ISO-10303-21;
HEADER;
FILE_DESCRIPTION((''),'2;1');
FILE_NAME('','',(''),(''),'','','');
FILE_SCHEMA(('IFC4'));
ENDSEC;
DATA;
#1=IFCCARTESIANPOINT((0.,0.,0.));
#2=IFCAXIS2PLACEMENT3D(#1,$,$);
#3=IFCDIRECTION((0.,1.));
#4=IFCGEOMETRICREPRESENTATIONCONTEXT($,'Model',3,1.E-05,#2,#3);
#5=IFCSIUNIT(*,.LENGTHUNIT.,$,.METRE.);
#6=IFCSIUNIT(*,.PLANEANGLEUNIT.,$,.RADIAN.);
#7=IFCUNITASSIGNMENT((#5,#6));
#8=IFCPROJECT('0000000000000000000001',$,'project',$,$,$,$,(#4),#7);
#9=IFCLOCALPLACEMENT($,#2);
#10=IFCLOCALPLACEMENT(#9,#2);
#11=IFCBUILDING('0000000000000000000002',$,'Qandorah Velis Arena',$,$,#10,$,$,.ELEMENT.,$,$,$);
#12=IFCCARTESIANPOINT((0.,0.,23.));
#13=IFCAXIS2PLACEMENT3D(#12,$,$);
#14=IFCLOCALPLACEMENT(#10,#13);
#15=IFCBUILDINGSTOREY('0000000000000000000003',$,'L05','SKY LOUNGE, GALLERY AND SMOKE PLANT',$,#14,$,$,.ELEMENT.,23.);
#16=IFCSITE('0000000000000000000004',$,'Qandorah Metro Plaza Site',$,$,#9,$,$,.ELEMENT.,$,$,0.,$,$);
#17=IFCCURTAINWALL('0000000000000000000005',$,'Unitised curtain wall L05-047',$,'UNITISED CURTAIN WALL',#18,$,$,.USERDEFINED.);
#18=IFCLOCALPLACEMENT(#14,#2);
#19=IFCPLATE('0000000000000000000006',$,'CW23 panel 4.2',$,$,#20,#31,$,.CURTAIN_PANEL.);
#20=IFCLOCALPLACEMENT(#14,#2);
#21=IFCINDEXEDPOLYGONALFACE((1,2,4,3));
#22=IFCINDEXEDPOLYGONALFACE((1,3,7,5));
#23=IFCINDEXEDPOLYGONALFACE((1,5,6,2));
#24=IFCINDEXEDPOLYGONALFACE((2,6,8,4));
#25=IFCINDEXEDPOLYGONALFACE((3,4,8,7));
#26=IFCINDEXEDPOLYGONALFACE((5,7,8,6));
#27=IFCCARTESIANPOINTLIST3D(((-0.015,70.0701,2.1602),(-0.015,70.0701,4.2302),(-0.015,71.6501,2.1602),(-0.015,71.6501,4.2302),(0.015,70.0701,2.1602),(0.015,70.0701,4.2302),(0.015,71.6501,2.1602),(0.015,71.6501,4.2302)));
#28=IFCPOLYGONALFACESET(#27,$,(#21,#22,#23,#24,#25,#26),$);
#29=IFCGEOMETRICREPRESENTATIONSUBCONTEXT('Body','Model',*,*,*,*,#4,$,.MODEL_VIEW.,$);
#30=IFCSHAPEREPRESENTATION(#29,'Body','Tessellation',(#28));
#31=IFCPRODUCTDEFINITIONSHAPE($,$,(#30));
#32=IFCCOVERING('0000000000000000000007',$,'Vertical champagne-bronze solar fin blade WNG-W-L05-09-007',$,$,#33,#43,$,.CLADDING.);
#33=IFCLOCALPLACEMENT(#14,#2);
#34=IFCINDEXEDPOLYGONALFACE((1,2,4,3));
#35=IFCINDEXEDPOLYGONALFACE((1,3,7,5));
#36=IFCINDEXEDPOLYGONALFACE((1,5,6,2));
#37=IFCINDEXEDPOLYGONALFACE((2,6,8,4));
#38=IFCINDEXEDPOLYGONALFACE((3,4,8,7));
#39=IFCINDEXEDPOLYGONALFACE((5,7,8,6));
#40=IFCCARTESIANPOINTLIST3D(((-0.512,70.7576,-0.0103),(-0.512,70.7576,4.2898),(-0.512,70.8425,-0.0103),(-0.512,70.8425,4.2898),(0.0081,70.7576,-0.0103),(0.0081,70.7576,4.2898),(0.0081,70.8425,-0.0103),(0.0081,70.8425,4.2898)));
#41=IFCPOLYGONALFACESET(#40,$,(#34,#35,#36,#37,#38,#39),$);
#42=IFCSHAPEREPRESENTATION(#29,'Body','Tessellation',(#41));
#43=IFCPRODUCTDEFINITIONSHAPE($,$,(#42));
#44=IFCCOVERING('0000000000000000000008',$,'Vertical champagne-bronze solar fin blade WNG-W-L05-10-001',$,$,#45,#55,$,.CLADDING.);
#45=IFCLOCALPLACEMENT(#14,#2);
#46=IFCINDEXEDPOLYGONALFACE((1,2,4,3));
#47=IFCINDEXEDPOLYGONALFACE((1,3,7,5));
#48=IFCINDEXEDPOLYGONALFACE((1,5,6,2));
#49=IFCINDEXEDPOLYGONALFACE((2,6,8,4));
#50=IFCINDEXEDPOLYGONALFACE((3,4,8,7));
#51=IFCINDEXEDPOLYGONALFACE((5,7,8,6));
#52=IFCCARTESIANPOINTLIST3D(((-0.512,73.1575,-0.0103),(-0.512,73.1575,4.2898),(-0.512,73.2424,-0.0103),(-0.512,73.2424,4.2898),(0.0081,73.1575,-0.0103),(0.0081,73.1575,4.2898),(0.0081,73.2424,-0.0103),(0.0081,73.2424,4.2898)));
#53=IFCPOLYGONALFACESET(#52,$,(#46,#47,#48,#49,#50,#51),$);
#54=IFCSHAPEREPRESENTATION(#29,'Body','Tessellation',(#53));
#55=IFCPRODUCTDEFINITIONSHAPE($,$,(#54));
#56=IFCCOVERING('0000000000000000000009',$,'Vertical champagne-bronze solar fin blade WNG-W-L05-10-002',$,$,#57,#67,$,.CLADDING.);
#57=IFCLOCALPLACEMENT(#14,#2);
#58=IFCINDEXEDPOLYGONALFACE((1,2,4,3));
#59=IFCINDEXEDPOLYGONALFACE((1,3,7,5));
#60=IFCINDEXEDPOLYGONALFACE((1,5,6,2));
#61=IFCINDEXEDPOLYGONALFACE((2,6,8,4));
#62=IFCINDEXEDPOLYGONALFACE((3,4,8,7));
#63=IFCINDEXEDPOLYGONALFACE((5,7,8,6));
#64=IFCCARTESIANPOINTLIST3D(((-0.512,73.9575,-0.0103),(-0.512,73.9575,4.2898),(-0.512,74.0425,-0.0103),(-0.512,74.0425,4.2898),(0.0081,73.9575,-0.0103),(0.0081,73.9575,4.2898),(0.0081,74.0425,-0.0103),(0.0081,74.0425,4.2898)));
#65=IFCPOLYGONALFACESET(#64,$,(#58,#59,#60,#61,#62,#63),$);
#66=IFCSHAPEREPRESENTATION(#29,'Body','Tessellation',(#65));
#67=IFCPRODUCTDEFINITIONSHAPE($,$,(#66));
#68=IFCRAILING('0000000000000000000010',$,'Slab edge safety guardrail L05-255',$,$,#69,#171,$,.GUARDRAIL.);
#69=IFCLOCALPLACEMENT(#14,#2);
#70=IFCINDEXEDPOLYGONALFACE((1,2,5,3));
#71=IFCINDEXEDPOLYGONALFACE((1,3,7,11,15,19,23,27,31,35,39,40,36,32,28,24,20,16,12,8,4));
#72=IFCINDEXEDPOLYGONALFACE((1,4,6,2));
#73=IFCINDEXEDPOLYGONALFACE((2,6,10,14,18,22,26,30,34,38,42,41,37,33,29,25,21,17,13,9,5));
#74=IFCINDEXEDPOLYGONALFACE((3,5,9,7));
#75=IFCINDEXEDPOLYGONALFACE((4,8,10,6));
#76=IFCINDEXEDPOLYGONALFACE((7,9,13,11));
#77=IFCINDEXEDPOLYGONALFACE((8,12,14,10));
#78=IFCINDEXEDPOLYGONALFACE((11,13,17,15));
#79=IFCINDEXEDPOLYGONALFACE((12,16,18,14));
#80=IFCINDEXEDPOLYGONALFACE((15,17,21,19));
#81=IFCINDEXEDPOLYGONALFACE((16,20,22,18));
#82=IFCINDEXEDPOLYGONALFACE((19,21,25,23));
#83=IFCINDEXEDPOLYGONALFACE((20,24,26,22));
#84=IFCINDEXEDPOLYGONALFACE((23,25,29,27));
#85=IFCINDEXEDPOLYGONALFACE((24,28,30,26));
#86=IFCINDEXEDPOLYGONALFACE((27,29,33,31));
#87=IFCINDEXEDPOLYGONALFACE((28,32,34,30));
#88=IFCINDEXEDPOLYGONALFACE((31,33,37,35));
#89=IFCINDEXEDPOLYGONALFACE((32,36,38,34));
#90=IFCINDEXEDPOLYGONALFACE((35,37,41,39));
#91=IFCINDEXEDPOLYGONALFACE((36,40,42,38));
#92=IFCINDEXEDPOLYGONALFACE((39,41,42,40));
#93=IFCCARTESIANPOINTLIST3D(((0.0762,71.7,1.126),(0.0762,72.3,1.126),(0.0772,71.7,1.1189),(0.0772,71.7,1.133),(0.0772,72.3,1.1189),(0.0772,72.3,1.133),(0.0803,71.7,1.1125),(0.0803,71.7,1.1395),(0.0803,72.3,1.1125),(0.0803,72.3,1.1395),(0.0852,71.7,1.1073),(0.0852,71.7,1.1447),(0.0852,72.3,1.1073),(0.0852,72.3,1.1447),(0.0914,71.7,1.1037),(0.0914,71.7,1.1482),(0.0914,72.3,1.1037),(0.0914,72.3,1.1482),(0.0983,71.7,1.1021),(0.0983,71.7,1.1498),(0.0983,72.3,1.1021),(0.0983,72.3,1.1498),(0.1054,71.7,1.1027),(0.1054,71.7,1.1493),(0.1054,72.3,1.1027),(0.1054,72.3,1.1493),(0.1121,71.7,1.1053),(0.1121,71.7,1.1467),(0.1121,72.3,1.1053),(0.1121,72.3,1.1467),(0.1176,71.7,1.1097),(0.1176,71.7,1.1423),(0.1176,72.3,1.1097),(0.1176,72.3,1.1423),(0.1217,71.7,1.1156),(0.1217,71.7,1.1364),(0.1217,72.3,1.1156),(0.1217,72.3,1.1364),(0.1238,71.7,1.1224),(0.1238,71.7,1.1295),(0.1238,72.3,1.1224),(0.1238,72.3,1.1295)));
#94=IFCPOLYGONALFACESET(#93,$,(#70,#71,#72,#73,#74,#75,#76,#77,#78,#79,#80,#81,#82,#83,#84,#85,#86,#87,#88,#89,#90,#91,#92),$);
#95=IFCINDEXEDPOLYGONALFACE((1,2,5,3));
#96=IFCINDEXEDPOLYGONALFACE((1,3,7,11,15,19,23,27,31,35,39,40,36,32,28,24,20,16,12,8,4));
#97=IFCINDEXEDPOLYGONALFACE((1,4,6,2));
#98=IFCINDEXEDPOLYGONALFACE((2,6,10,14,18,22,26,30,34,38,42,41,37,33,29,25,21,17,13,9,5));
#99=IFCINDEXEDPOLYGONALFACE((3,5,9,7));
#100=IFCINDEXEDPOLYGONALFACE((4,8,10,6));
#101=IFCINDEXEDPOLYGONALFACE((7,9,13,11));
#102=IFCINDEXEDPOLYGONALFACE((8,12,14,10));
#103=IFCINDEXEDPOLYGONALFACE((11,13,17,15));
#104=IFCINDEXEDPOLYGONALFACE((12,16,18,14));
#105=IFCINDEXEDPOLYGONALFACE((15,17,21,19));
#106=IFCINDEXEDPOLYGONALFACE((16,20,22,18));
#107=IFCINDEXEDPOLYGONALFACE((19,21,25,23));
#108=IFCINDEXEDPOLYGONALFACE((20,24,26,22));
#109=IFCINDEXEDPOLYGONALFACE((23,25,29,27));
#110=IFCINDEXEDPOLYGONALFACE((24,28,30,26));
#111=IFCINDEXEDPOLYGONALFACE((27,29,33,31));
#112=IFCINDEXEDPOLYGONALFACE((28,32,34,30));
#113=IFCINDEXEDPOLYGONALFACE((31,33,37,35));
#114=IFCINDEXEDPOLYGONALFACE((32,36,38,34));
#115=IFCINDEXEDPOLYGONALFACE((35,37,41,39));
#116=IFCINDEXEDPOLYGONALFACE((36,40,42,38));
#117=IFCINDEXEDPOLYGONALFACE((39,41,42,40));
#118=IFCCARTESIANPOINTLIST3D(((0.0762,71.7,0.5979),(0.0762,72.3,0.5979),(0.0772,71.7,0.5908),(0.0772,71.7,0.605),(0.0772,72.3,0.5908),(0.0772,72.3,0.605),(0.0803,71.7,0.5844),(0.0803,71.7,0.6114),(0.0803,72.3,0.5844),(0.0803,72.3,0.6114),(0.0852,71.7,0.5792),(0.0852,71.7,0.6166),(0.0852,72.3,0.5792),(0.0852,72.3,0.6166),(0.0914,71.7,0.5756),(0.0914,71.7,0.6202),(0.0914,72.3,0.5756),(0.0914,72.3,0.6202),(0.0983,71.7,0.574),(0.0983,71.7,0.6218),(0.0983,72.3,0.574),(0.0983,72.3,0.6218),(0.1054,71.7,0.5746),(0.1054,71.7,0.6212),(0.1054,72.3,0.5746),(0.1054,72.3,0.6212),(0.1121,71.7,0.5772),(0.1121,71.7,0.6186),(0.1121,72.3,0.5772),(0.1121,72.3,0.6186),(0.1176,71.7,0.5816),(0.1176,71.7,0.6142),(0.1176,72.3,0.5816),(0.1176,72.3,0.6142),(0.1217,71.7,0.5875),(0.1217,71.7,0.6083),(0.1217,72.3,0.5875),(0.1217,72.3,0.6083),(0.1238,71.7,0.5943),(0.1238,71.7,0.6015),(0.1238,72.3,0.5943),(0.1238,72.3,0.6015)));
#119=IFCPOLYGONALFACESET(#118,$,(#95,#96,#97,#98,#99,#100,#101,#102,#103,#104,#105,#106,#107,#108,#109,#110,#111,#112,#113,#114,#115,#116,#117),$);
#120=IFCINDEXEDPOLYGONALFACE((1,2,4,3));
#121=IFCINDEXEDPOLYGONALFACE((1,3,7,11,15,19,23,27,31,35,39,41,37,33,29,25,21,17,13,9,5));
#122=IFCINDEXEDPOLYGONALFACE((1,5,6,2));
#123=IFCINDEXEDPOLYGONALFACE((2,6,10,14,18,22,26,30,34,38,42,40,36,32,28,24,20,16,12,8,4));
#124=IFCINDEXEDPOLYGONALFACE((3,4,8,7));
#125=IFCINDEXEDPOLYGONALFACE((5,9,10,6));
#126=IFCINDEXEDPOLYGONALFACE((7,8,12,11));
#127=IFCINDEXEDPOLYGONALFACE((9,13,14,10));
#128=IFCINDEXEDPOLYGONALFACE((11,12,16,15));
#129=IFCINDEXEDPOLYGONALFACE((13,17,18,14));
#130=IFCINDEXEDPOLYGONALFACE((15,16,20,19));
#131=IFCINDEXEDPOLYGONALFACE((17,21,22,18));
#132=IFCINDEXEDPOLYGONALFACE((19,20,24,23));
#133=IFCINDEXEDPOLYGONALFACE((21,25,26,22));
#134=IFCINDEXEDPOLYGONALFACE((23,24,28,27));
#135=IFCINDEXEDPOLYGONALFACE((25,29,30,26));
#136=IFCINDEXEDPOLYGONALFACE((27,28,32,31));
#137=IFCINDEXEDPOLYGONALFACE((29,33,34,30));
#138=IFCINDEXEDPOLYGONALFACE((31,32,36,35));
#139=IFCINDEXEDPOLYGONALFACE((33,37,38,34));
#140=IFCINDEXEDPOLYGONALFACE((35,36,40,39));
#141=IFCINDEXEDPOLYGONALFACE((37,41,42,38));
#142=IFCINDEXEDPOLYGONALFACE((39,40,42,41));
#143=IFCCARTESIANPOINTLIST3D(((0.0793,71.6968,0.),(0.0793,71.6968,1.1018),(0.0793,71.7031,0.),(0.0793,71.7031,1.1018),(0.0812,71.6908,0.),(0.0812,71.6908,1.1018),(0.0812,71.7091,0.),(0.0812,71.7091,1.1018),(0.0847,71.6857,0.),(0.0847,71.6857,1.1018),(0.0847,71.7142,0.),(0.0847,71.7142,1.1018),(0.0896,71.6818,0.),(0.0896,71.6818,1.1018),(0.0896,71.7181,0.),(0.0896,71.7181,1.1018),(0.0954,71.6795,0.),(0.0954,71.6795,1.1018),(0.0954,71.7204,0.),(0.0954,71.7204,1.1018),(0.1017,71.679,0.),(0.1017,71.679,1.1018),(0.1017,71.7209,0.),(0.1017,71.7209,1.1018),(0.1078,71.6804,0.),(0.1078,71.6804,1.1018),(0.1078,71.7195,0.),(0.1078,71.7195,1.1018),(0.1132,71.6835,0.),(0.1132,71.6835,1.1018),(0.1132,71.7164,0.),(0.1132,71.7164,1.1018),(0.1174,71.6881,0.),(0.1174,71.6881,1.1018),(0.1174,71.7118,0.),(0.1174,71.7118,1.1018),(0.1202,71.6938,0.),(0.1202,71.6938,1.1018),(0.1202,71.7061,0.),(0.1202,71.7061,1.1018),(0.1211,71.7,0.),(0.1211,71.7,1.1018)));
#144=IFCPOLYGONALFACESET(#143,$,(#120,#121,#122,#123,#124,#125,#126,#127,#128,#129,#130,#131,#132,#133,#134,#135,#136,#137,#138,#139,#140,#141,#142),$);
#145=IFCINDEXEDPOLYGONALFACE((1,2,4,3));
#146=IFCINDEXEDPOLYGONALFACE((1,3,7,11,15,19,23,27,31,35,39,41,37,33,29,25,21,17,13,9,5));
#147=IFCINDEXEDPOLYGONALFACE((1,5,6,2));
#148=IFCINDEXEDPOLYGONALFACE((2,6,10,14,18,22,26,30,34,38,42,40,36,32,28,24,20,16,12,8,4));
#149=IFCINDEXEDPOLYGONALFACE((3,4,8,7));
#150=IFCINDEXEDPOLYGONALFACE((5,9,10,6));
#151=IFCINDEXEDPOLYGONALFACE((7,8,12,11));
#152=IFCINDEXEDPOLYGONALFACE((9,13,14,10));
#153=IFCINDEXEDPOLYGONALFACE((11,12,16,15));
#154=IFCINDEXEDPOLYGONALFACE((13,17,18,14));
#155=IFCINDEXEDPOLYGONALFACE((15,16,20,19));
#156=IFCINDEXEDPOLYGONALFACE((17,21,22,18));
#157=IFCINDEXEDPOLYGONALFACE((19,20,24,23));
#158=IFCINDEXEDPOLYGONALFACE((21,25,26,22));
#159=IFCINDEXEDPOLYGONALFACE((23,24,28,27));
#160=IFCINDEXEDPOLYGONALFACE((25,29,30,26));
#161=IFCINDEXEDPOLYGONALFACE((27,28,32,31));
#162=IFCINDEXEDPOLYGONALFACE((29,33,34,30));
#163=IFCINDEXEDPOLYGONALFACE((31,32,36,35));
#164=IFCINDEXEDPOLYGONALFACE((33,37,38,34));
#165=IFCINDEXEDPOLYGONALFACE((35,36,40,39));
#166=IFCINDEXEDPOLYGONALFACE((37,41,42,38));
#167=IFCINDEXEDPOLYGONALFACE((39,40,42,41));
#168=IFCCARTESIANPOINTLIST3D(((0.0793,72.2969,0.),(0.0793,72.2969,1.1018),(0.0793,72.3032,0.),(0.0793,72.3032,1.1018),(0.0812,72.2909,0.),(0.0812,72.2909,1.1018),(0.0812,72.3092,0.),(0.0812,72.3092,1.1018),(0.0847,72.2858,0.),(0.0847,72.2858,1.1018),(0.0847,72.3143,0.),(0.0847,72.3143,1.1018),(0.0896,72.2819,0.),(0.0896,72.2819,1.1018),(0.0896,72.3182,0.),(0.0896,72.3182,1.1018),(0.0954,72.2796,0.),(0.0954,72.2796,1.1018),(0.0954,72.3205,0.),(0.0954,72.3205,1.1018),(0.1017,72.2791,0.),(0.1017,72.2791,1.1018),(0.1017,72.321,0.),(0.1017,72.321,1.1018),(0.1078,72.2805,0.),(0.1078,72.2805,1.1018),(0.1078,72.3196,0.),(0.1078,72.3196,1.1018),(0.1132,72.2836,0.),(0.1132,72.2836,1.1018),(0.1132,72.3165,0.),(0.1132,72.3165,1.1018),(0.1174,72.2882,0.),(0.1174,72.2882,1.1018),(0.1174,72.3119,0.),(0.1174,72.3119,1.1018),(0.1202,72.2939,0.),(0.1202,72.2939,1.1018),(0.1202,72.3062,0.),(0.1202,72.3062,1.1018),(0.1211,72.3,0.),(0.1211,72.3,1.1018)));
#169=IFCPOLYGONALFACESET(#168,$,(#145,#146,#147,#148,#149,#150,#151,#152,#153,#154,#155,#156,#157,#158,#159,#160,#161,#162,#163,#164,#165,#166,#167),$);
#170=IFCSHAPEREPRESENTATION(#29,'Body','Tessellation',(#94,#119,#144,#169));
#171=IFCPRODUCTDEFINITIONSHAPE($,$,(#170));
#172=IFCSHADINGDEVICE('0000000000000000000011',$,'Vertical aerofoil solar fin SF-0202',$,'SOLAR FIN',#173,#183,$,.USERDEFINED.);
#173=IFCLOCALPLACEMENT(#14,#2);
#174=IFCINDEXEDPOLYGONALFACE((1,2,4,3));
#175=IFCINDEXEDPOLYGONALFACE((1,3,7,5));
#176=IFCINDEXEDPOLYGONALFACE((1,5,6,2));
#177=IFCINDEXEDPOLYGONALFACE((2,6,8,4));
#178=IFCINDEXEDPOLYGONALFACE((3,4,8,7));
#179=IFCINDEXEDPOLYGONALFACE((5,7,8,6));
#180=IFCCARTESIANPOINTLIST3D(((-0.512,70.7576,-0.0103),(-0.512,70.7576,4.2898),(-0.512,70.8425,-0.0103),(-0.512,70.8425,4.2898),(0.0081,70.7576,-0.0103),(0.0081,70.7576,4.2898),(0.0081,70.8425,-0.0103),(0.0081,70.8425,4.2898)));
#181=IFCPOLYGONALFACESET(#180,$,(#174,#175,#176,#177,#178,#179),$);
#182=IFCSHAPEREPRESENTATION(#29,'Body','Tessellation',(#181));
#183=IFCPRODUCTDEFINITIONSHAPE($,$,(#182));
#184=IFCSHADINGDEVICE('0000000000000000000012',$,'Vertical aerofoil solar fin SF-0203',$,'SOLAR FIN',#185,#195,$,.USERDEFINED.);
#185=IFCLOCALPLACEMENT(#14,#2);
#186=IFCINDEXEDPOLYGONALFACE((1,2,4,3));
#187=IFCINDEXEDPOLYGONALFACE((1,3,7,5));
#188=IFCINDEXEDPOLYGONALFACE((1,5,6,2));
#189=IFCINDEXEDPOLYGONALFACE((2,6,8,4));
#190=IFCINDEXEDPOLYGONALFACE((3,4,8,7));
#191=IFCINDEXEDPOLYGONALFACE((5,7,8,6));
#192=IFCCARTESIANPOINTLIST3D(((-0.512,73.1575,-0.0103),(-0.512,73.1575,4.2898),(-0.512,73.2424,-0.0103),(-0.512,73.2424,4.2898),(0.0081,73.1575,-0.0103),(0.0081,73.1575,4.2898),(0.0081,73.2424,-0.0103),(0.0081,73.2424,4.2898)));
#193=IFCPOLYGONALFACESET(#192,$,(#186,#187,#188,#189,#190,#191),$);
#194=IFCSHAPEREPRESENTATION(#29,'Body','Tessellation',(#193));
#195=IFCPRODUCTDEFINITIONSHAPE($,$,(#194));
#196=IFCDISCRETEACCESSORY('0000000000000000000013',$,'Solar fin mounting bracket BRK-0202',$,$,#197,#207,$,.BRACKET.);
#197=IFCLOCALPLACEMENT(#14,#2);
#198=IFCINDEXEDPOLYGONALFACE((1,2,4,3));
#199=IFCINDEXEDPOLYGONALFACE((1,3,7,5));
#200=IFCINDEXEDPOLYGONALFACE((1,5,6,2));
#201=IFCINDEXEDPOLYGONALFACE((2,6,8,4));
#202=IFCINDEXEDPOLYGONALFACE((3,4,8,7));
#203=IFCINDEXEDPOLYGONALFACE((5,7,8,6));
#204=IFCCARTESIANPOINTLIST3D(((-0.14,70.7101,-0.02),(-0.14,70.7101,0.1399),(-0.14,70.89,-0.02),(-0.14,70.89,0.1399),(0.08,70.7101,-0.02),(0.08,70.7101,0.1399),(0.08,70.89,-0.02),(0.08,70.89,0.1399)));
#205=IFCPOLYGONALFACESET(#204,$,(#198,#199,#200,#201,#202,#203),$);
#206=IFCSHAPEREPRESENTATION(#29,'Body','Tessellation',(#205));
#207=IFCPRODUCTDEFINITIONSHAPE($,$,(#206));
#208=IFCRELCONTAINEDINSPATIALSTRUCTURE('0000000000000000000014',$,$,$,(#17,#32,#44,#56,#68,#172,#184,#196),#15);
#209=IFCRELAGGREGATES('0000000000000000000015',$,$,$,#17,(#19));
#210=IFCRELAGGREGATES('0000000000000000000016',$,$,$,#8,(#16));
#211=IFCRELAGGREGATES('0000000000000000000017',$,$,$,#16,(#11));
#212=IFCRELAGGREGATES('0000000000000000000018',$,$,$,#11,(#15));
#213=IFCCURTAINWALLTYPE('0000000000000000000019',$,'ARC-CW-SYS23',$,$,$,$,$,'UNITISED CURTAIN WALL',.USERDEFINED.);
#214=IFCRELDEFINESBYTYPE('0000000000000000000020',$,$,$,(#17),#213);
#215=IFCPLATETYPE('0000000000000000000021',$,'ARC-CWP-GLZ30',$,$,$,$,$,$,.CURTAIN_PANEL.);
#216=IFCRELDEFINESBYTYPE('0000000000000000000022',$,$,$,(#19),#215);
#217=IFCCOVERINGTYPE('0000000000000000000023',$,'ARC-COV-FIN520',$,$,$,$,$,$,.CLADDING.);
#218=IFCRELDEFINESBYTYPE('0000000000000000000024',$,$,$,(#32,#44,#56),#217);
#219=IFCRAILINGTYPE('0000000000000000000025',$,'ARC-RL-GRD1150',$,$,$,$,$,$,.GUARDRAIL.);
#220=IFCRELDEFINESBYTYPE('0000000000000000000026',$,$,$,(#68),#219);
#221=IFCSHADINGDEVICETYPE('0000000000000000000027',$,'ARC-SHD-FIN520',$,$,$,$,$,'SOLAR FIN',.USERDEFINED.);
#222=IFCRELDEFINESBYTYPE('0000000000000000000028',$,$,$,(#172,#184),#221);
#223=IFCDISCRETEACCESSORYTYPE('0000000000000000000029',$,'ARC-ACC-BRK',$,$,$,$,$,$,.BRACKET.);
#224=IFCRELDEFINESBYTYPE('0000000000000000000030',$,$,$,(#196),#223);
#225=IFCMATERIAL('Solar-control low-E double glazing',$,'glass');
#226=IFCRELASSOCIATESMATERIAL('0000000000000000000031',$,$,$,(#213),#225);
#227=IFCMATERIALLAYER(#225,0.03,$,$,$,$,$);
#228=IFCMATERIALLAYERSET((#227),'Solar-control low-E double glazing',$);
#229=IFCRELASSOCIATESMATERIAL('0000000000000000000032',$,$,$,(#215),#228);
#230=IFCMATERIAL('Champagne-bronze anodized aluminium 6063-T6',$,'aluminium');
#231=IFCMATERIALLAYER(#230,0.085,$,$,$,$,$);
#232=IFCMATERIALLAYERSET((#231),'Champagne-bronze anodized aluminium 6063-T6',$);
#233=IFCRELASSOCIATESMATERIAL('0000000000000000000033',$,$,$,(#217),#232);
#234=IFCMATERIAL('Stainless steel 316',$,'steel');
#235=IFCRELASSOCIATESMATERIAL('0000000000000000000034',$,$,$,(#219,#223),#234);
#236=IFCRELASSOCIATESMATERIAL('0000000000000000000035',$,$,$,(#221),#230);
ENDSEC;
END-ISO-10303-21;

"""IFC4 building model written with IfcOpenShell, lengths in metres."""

from ifc_helpers import new_model, si_unit, direction, frame, origin, origin_2d, place, context, subcontext, project, spatial, rectangle, circle, extrude, material, layer, layer_set, type_object, element, aggregate, save


model = new_model("IFC4")

# Units and contexts
model_context = context("Model", 3, precision=1e-05, world=origin(), true_north=direction((0.0, 1.0)))
body_context = subcontext(model_context, "Body", "Model", "MODEL_VIEW")
ifc_project = project(units=[si_unit("LENGTHUNIT", "METRE"), si_unit("PLANEANGLEUNIT", "RADIAN")], contexts=[model_context])

# Site, building, storey
site_placement = place(None, origin())
site = spatial("IfcSite", under=ifc_project, at=site_placement, Name="Qandorah Metro Plaza Site", CompositionType="ELEMENT", RefElevation=0.0)
building_placement = place(site_placement, origin())
building = spatial("IfcBuilding", under=site, at=building_placement, Name="Qandorah Velis Arena", CompositionType="ELEMENT")
storey_placement = place(building_placement, frame((0.0, 0.0, 23.0)))
storey = spatial("IfcBuildingStorey", under=building, at=storey_placement, Name="L05", Description="SKY LOUNGE, GALLERY AND SMOKE PLANT", CompositionType="ELEMENT", Elevation=23.0)

# Shared definitions
ifc_material_1 = material(Name="Solar-control low-E double glazing", Category="glass")
ifc_material_2 = material(Name="Champagne-bronze anodized aluminium 6063-T6", Category="aluminium")

# Curtain wall
curtain_wall_type_1 = type_object("IfcCurtainWallType", Name="ARC-CW-SYS23", ElementType="UNITISED CURTAIN WALL", PredefinedType="USERDEFINED", material=ifc_material_1)
curtain_wall_1_placement = place(storey_placement, origin())
curtain_wall_1 = element("IfcCurtainWall", 1, at=curtain_wall_1_placement, inside=storey, type_object=curtain_wall_type_1, Name="Unitised curtain wall L05-047", ObjectType="UNITISED CURTAIN WALL", PredefinedType="USERDEFINED")

# Plate
ifc_layer_1 = layer(ifc_material_1, 0.03)
ifc_layer_set_1 = layer_set([ifc_layer_1], Name="Solar-control low-E double glazing")
plate_type_1 = type_object("IfcPlateType", Name="ARC-CWP-GLZ30", PredefinedType="CURTAIN_PANEL", material=ifc_layer_set_1)
plate_1_placement = place(storey_placement, frame((0.0, 70.8601, 2.1602), z_axis=(0.0, 0.0, 1.0), x_axis=(0.0, 1.0, 0.0)))
plate_1 = element("IfcPlate", 2, at=plate_1_placement, type_object=plate_type_1, Name="CW23 panel 4.2", PredefinedType="CURTAIN_PANEL", context=body_context, shape_type="SweptSolid", body=[
    extrude(rectangle(XDim=1.5801, YDim=0.03, at=origin_2d()), origin(), (0.0, 0.0, 1.0), 2.0701),
])
aggregate(curtain_wall_1, [plate_1])

# Coverings
ifc_layer_2 = layer(ifc_material_2, 0.085)
ifc_layer_set_2 = layer_set([ifc_layer_2], Name="Champagne-bronze anodized aluminium 6063-T6")
covering_type = type_object("IfcCoveringType", Name="ARC-COV-FIN520", PredefinedType="CLADDING", material=ifc_layer_set_2)
for number, where, z_axis, x_axis, name in (
    (3, (-0.252, 70.8, -0.0103), (0.0, 0.0, 1.0), (1.0, 0.0, 0.0), "Vertical champagne-bronze solar fin blade WNG-W-L05-09-007"),
    (4, (-0.252, 73.2, -0.0103), (0.0, 0.0, 1.0), (1.0, 0.0, 0.0), "Vertical champagne-bronze solar fin blade WNG-W-L05-10-001"),
    (5, (-0.252, 74.0, -0.0103), (0.0, 0.0, 1.0), (1.0, 0.0, 0.0), "Vertical champagne-bronze solar fin blade WNG-W-L05-10-002"),
):
    element("IfcCovering", number, at=place(storey_placement, frame(where, z_axis=z_axis, x_axis=x_axis)), inside=storey, type_object=covering_type, Name=name, PredefinedType="CLADDING", context=body_context, shape_type="SweptSolid", body=[
        extrude(rectangle(XDim=0.52, YDim=0.085, at=origin_2d()), origin(), (0.0, 0.0, 1.0), 4.3),
    ])

# Railing
ifc_material_3 = material(Name="Stainless steel 316", Category="steel")
railing_type = type_object("IfcRailingType", Name="ARC-RL-GRD1150", PredefinedType="GUARDRAIL", material=ifc_material_3)
railing_placement = place(storey_placement, frame((0.1001, 71.7, 0.0)))
element("IfcRailing", 6, at=railing_placement, inside=storey, type_object=railing_type, Name="Slab edge safety guardrail L05-255", PredefinedType="GUARDRAIL", context=body_context, shape_type="SweptSolid", body=[
    extrude(circle(Radius=0.0239, at=origin_2d()), frame((0.0, 0.0, 1.126), z_axis=(0.0, 1.0, 0.0), x_axis=(-1.0, 0.0, 0.0)), (0.0, 0.0, 1.0), 0.6001),
    extrude(circle(Radius=0.0239, at=origin_2d()), frame((0.0, 0.0, 0.5979), z_axis=(0.0, 1.0, 0.0), x_axis=(-1.0, 0.0, 0.0)), (0.0, 0.0, 1.0), 0.6001),
    extrude(circle(Radius=0.021, at=origin_2d()), origin(), (0.0, 0.0, 1.0), 1.1018),
    extrude(circle(Radius=0.021, at=origin_2d()), frame((0.0, 0.6001, 0.0)), (0.0, 0.0, 1.0), 1.1018),
])

# Shading devices
shading_device_type = type_object("IfcShadingDeviceType", Name="ARC-SHD-FIN520", ElementType="SOLAR FIN", PredefinedType="USERDEFINED", material=ifc_material_2)
for number, where, z_axis, x_axis, name in (
    (7, (-0.252, 70.8, -0.0103), (0.0, 0.0, 1.0), (1.0, 0.0, 0.0), "Vertical aerofoil solar fin SF-0202"),
    (8, (-0.252, 73.2, -0.0103), (0.0, 0.0, 1.0), (1.0, 0.0, 0.0), "Vertical aerofoil solar fin SF-0203"),
):
    element("IfcShadingDevice", number, at=place(storey_placement, frame(where, z_axis=z_axis, x_axis=x_axis)), inside=storey, type_object=shading_device_type, Name=name, ObjectType="SOLAR FIN", PredefinedType="USERDEFINED", context=body_context, shape_type="SweptSolid", body=[
        extrude(rectangle(XDim=0.52, YDim=0.085, at=origin_2d()), origin(), (0.0, 0.0, 1.0), 4.3),
    ])

# Discrete accessory
discrete_accessory_type = type_object("IfcDiscreteAccessoryType", Name="ARC-ACC-BRK", PredefinedType="BRACKET", material=ifc_material_3)
for number, where, z_axis, x_axis, name in (
    (9, (-0.03, 70.8, -0.02), (0.0, 0.0, 1.0), (1.0, 0.0, 0.0), "Solar fin mounting bracket BRK-0202"),
):
    element("IfcDiscreteAccessory", number, at=place(storey_placement, frame(where, z_axis=z_axis, x_axis=x_axis)), inside=storey, type_object=discrete_accessory_type, Name=name, PredefinedType="BRACKET", context=body_context, shape_type="SweptSolid", body=[
        extrude(rectangle(XDim=0.22, YDim=0.1799, at=origin_2d()), origin(), (0.0, 0.0, 1.0), 0.1599),
    ])

save(model, "model.ifc")
